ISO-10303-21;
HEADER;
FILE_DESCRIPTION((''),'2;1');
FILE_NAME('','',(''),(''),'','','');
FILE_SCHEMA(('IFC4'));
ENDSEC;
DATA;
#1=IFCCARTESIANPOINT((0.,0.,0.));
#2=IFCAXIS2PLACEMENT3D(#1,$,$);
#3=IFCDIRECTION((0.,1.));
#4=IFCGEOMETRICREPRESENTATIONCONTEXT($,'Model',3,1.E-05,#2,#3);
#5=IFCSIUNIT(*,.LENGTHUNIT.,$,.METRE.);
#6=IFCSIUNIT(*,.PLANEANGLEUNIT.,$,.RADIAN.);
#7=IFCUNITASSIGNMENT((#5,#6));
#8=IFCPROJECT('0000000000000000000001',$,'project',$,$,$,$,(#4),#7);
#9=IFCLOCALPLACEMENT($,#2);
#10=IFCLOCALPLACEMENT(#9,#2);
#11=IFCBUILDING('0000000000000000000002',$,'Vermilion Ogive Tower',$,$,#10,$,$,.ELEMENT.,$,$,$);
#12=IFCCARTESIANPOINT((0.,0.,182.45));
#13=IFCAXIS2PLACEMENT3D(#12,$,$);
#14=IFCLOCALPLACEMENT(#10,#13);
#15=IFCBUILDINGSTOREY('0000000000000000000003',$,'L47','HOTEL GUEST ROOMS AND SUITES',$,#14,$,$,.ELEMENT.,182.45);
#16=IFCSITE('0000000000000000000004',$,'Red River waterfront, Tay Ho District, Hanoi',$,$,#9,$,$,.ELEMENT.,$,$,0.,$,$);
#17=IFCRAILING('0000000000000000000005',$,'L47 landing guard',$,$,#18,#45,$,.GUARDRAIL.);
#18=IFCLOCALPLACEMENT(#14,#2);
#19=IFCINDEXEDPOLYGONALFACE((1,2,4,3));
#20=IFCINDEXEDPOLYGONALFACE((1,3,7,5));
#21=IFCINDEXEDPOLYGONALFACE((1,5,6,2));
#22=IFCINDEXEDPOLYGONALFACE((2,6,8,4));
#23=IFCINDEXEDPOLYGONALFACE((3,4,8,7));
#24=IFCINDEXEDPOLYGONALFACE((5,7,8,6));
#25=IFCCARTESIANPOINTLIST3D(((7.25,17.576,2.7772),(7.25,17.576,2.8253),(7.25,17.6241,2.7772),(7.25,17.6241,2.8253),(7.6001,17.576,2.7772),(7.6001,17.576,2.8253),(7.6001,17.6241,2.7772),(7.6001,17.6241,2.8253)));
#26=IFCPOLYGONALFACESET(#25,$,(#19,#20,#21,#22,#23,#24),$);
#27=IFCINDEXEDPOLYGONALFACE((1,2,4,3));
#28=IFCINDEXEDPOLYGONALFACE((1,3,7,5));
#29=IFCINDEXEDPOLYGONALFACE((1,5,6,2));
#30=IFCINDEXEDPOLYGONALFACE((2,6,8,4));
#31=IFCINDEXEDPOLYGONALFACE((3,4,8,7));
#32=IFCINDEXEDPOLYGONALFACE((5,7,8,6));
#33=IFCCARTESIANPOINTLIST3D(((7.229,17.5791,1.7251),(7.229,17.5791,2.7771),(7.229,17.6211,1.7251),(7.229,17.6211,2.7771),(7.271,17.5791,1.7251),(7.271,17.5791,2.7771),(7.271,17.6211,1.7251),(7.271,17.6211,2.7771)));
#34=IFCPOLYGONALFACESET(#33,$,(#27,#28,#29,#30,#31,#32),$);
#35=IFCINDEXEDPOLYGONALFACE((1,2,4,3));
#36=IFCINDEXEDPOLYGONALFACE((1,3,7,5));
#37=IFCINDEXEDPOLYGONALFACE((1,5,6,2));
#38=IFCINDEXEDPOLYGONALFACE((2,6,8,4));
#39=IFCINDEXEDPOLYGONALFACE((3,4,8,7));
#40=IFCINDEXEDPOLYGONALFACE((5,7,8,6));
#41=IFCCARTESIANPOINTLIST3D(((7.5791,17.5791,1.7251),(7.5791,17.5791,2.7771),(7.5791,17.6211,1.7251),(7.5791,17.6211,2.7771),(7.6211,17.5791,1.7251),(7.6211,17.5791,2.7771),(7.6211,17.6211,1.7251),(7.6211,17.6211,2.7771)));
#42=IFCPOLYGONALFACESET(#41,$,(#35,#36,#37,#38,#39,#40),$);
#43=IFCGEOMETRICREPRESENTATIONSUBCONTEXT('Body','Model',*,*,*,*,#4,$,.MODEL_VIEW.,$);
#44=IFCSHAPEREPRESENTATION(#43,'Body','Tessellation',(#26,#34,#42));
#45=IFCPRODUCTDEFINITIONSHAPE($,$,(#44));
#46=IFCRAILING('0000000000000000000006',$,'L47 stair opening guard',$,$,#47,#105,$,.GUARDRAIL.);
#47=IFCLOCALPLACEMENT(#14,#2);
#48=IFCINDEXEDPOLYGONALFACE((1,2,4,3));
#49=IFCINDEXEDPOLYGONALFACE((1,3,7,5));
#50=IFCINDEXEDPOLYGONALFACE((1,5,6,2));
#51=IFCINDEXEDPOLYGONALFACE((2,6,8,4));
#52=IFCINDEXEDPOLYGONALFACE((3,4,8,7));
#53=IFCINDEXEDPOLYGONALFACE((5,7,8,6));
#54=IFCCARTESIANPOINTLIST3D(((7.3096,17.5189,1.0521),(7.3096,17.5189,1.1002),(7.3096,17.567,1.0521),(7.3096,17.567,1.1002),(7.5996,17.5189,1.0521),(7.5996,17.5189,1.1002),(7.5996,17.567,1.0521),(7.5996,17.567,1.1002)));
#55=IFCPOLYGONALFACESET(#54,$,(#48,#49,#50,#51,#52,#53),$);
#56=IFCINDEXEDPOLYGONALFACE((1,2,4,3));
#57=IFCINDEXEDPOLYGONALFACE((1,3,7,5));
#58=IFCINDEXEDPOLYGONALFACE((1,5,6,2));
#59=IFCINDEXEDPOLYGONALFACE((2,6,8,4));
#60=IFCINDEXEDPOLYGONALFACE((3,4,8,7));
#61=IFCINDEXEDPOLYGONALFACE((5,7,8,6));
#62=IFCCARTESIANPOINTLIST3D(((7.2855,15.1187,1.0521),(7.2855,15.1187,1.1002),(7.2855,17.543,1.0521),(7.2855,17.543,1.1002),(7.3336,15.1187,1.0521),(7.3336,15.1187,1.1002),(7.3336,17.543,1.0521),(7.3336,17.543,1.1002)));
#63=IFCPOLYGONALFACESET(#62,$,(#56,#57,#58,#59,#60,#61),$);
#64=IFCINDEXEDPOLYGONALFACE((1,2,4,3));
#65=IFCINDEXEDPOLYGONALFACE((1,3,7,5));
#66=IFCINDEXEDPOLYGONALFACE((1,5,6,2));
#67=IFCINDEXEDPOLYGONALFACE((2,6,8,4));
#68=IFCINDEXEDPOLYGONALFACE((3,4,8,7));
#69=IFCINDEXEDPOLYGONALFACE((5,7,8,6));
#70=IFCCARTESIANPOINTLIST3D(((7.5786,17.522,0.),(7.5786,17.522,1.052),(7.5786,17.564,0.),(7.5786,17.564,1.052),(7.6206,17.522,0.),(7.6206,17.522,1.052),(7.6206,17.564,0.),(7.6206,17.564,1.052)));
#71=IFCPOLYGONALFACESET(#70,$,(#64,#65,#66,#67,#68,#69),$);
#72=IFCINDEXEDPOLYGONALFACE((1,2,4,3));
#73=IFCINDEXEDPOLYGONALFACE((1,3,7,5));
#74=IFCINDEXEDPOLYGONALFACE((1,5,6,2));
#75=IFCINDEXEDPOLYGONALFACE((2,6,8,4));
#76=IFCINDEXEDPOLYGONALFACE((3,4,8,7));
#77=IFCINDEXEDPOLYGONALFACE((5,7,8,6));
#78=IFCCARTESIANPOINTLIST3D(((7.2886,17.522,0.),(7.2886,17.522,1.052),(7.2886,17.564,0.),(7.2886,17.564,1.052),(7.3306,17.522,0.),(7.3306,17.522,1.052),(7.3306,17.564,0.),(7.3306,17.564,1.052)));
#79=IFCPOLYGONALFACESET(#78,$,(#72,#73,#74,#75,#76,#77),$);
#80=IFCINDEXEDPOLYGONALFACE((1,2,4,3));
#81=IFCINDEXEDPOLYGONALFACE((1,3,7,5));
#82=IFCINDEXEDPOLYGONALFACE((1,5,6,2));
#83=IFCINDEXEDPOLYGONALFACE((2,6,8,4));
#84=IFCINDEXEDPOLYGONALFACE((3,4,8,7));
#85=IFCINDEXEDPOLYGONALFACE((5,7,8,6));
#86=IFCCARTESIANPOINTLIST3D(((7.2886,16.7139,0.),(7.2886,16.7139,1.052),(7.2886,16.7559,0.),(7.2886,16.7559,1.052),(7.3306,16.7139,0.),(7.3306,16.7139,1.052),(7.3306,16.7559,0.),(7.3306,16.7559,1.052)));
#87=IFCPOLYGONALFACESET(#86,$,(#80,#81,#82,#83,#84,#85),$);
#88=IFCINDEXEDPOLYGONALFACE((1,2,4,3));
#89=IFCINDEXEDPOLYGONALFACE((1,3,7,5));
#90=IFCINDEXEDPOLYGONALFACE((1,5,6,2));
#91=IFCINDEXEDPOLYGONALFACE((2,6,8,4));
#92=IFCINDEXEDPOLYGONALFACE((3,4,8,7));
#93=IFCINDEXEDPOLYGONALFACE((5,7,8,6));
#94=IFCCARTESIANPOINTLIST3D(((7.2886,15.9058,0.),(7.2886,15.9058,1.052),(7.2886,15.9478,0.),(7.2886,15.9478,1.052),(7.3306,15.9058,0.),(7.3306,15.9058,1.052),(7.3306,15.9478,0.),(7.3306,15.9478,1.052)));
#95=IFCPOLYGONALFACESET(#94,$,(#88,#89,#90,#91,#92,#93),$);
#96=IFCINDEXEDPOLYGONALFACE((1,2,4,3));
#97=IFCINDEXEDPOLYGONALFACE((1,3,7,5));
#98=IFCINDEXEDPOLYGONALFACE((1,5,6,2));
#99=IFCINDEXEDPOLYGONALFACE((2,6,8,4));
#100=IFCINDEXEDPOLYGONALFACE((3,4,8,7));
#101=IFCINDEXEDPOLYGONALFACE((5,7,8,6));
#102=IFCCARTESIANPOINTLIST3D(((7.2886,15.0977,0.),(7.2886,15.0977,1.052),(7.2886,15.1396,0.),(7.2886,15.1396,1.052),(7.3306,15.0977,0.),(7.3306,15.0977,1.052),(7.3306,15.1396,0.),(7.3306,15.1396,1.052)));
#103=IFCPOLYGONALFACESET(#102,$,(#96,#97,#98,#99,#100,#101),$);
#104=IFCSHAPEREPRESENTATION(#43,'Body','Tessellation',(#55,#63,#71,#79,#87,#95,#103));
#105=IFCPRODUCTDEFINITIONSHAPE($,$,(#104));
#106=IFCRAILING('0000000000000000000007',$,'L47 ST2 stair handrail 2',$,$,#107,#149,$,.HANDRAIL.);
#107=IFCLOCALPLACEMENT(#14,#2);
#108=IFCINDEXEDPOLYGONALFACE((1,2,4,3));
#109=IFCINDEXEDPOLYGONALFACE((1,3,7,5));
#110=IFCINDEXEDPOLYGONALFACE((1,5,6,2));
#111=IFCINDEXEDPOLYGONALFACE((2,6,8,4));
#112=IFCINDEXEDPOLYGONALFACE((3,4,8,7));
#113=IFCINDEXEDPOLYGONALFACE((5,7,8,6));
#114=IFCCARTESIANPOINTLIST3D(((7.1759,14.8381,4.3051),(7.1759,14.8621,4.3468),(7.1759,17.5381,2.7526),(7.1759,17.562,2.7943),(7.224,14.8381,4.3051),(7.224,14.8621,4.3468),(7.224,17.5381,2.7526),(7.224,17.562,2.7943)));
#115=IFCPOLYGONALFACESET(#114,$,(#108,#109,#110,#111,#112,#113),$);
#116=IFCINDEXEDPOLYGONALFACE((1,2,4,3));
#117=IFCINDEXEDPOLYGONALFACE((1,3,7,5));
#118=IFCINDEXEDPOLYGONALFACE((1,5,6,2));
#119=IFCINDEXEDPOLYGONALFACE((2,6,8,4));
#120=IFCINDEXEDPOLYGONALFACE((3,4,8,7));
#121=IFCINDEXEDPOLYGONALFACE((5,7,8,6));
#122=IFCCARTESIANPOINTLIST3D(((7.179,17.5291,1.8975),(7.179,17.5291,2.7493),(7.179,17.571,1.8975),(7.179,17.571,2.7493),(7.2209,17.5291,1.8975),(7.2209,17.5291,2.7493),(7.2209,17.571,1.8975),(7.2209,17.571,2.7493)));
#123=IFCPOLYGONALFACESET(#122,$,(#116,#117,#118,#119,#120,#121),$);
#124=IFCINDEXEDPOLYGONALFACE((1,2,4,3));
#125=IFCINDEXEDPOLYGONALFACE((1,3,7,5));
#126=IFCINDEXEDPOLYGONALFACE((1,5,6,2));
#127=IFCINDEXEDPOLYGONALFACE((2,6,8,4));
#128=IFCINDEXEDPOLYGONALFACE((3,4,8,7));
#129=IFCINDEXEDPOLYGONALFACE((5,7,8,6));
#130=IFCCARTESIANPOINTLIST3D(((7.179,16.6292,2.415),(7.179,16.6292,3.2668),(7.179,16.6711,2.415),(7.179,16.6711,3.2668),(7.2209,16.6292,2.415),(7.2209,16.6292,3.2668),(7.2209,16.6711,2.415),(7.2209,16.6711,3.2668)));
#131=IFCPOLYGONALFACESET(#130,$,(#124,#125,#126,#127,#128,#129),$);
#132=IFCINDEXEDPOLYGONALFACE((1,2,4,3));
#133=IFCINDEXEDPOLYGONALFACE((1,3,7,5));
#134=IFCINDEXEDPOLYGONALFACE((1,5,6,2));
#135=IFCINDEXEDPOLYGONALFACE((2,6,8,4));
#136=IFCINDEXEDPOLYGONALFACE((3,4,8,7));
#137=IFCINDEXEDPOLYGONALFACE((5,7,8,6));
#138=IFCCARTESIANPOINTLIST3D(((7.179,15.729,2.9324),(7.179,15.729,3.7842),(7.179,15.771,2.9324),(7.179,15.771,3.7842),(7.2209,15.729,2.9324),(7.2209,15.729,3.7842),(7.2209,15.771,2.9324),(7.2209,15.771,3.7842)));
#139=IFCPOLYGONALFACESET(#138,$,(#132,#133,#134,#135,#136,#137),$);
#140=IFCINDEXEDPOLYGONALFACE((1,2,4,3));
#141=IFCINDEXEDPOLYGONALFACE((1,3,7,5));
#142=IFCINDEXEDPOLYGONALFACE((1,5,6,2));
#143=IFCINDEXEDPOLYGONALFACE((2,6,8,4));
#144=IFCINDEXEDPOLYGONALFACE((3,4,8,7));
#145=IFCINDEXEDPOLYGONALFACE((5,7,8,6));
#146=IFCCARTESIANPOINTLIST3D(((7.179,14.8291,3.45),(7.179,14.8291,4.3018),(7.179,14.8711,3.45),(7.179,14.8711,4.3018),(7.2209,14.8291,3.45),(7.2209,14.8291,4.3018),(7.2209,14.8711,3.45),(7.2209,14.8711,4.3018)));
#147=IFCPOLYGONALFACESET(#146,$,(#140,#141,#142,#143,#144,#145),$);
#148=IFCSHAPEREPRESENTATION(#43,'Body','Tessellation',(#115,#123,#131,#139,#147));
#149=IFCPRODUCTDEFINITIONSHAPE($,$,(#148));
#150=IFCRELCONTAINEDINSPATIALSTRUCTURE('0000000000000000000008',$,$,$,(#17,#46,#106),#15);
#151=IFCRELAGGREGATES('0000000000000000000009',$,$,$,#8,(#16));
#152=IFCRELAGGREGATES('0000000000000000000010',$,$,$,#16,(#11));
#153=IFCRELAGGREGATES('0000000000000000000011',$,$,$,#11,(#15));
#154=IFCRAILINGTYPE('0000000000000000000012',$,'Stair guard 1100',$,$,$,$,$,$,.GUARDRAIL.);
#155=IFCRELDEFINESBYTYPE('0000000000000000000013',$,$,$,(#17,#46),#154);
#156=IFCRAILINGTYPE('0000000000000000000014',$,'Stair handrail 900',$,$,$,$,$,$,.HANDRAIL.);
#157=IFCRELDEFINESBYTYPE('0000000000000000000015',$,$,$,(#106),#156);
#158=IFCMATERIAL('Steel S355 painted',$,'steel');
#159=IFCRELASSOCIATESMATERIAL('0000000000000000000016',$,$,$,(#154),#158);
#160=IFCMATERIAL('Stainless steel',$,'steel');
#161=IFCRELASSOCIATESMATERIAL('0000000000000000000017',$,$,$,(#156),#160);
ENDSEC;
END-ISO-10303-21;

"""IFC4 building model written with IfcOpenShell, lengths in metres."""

from ifc_helpers import new_model, si_unit, direction, frame, origin, origin_2d, place, context, subcontext, project, spatial, rectangle, extrude, material, type_object, element, save


model = new_model("IFC4")

# Units and contexts
model_context = context("Model", 3, precision=1e-05, world=origin(), true_north=direction((0.0, 1.0)))
body_context = subcontext(model_context, "Body", "Model", "MODEL_VIEW")
ifc_project = project(units=[si_unit("LENGTHUNIT", "METRE"), si_unit("PLANEANGLEUNIT", "RADIAN")], contexts=[model_context])

# Site, building, storey
site_placement = place(None, origin())
site = spatial("IfcSite", under=ifc_project, at=site_placement, Name="Red River waterfront, Tay Ho District, Hanoi", CompositionType="ELEMENT", RefElevation=0.0)
building_placement = place(site_placement, origin())
building = spatial("IfcBuilding", under=site, at=building_placement, Name="Vermilion Ogive Tower", CompositionType="ELEMENT")
storey_placement = place(building_placement, frame((0.0, 0.0, 182.45)))
storey = spatial("IfcBuildingStorey", under=building, at=storey_placement, Name="L47", Description="HOTEL GUEST ROOMS AND SUITES", CompositionType="ELEMENT", Elevation=182.45)

# Railings
ifc_material_1 = material(Name="Steel S355 painted", Category="steel")
railing_type_1 = type_object("IfcRailingType", Name="Stair guard 1100", PredefinedType="GUARDRAIL", material=ifc_material_1)
railing_1_placement = place(storey_placement, frame((7.25, 17.6001, 1.7251)))
element("IfcRailing", 1, at=railing_1_placement, inside=storey, type_object=railing_type_1, Name="L47 landing guard", PredefinedType="GUARDRAIL", context=body_context, shape_type="SweptSolid", body=[
    extrude(rectangle(XDim=0.0481, YDim=0.0481, at=origin_2d()), frame((0.0, 0.0, 1.0762), z_axis=(1.0, 0.0, 0.0), x_axis=(0.0, 1.0, 0.0)), (0.0, 0.0, 1.0), 0.3501),
    extrude(rectangle(XDim=0.042, YDim=0.042, at=origin_2d()), origin(), (0.0, 0.0, 1.0), 1.052),
    extrude(rectangle(XDim=0.042, YDim=0.042, at=origin_2d()), frame((0.3501, 0.0, 0.0)), (0.0, 0.0, 1.0), 1.052),
])
railing_2_placement = place(storey_placement, frame((7.5996, 17.543, 0.0)))
element("IfcRailing", 2, at=railing_2_placement, inside=storey, type_object=railing_type_1, Name="L47 stair opening guard", PredefinedType="GUARDRAIL", context=body_context, shape_type="SweptSolid", body=[
    extrude(rectangle(XDim=0.0481, YDim=0.0481, at=origin_2d()), frame((0.0, 0.0, 1.0762), z_axis=(-1.0, 0.0, 0.0), x_axis=(0.0, -1.0, 0.0)), (0.0, 0.0, 1.0), 0.29),
    extrude(rectangle(XDim=0.0481, YDim=0.0481, at=origin_2d()), frame((-0.29, 0.0, 1.0762), z_axis=(0.0, -1.0, 0.0), x_axis=(1.0, 0.0, 0.0)), (0.0, 0.0, 1.0), 2.4243),
    extrude(rectangle(XDim=0.042, YDim=0.042, at=origin_2d()), origin(), (0.0, 0.0, 1.0), 1.052),
    extrude(rectangle(XDim=0.042, YDim=0.042, at=origin_2d()), frame((-0.29, 0.0, 0.0)), (0.0, 0.0, 1.0), 1.052),
    extrude(rectangle(XDim=0.042, YDim=0.042, at=origin_2d()), frame((-0.29, -0.8081, 0.0)), (0.0, 0.0, 1.0), 1.052),
    extrude(rectangle(XDim=0.042, YDim=0.042, at=origin_2d()), frame((-0.29, -1.6162, 0.0)), (0.0, 0.0, 1.0), 1.052),
    extrude(rectangle(XDim=0.042, YDim=0.042, at=origin_2d()), frame((-0.29, -2.4243, 0.0)), (0.0, 0.0, 1.0), 1.052),
])
ifc_material_2 = material(Name="Stainless steel", Category="steel")
railing_type_2 = type_object("IfcRailingType", Name="Stair handrail 900", PredefinedType="HANDRAIL", material=ifc_material_2)
railing_3_placement = place(storey_placement, frame((7.2, 17.55, 1.8975)))
element("IfcRailing", 3, at=railing_3_placement, inside=storey, type_object=railing_type_2, Name="L47 ST2 stair handrail 2", PredefinedType="HANDRAIL", context=body_context, shape_type="SweptSolid", body=[
    extrude(rectangle(XDim=0.0481, YDim=0.0481, at=origin_2d()), frame((0.0, 0.0, 0.876), z_axis=(0.0, -0.866904, 0.498476), x_axis=(1.0, 0.0, 0.0)), (0.0, 0.0, 1.0), 3.1145),
    extrude(rectangle(XDim=0.042, YDim=0.042, at=origin_2d()), origin(), (0.0, 0.0, 1.0), 0.8518),
    extrude(rectangle(XDim=0.042, YDim=0.042, at=origin_2d()), frame((0.0, -0.8999, 0.5176)), (0.0, 0.0, 1.0), 0.8518),
    extrude(rectangle(XDim=0.042, YDim=0.042, at=origin_2d()), frame((0.0, -1.8, 1.0349)), (0.0, 0.0, 1.0), 0.8518),
    extrude(rectangle(XDim=0.042, YDim=0.042, at=origin_2d()), frame((0.0, -2.7, 1.5525)), (0.0, 0.0, 1.0), 0.8518),
])

save(model, "model.ifc")
